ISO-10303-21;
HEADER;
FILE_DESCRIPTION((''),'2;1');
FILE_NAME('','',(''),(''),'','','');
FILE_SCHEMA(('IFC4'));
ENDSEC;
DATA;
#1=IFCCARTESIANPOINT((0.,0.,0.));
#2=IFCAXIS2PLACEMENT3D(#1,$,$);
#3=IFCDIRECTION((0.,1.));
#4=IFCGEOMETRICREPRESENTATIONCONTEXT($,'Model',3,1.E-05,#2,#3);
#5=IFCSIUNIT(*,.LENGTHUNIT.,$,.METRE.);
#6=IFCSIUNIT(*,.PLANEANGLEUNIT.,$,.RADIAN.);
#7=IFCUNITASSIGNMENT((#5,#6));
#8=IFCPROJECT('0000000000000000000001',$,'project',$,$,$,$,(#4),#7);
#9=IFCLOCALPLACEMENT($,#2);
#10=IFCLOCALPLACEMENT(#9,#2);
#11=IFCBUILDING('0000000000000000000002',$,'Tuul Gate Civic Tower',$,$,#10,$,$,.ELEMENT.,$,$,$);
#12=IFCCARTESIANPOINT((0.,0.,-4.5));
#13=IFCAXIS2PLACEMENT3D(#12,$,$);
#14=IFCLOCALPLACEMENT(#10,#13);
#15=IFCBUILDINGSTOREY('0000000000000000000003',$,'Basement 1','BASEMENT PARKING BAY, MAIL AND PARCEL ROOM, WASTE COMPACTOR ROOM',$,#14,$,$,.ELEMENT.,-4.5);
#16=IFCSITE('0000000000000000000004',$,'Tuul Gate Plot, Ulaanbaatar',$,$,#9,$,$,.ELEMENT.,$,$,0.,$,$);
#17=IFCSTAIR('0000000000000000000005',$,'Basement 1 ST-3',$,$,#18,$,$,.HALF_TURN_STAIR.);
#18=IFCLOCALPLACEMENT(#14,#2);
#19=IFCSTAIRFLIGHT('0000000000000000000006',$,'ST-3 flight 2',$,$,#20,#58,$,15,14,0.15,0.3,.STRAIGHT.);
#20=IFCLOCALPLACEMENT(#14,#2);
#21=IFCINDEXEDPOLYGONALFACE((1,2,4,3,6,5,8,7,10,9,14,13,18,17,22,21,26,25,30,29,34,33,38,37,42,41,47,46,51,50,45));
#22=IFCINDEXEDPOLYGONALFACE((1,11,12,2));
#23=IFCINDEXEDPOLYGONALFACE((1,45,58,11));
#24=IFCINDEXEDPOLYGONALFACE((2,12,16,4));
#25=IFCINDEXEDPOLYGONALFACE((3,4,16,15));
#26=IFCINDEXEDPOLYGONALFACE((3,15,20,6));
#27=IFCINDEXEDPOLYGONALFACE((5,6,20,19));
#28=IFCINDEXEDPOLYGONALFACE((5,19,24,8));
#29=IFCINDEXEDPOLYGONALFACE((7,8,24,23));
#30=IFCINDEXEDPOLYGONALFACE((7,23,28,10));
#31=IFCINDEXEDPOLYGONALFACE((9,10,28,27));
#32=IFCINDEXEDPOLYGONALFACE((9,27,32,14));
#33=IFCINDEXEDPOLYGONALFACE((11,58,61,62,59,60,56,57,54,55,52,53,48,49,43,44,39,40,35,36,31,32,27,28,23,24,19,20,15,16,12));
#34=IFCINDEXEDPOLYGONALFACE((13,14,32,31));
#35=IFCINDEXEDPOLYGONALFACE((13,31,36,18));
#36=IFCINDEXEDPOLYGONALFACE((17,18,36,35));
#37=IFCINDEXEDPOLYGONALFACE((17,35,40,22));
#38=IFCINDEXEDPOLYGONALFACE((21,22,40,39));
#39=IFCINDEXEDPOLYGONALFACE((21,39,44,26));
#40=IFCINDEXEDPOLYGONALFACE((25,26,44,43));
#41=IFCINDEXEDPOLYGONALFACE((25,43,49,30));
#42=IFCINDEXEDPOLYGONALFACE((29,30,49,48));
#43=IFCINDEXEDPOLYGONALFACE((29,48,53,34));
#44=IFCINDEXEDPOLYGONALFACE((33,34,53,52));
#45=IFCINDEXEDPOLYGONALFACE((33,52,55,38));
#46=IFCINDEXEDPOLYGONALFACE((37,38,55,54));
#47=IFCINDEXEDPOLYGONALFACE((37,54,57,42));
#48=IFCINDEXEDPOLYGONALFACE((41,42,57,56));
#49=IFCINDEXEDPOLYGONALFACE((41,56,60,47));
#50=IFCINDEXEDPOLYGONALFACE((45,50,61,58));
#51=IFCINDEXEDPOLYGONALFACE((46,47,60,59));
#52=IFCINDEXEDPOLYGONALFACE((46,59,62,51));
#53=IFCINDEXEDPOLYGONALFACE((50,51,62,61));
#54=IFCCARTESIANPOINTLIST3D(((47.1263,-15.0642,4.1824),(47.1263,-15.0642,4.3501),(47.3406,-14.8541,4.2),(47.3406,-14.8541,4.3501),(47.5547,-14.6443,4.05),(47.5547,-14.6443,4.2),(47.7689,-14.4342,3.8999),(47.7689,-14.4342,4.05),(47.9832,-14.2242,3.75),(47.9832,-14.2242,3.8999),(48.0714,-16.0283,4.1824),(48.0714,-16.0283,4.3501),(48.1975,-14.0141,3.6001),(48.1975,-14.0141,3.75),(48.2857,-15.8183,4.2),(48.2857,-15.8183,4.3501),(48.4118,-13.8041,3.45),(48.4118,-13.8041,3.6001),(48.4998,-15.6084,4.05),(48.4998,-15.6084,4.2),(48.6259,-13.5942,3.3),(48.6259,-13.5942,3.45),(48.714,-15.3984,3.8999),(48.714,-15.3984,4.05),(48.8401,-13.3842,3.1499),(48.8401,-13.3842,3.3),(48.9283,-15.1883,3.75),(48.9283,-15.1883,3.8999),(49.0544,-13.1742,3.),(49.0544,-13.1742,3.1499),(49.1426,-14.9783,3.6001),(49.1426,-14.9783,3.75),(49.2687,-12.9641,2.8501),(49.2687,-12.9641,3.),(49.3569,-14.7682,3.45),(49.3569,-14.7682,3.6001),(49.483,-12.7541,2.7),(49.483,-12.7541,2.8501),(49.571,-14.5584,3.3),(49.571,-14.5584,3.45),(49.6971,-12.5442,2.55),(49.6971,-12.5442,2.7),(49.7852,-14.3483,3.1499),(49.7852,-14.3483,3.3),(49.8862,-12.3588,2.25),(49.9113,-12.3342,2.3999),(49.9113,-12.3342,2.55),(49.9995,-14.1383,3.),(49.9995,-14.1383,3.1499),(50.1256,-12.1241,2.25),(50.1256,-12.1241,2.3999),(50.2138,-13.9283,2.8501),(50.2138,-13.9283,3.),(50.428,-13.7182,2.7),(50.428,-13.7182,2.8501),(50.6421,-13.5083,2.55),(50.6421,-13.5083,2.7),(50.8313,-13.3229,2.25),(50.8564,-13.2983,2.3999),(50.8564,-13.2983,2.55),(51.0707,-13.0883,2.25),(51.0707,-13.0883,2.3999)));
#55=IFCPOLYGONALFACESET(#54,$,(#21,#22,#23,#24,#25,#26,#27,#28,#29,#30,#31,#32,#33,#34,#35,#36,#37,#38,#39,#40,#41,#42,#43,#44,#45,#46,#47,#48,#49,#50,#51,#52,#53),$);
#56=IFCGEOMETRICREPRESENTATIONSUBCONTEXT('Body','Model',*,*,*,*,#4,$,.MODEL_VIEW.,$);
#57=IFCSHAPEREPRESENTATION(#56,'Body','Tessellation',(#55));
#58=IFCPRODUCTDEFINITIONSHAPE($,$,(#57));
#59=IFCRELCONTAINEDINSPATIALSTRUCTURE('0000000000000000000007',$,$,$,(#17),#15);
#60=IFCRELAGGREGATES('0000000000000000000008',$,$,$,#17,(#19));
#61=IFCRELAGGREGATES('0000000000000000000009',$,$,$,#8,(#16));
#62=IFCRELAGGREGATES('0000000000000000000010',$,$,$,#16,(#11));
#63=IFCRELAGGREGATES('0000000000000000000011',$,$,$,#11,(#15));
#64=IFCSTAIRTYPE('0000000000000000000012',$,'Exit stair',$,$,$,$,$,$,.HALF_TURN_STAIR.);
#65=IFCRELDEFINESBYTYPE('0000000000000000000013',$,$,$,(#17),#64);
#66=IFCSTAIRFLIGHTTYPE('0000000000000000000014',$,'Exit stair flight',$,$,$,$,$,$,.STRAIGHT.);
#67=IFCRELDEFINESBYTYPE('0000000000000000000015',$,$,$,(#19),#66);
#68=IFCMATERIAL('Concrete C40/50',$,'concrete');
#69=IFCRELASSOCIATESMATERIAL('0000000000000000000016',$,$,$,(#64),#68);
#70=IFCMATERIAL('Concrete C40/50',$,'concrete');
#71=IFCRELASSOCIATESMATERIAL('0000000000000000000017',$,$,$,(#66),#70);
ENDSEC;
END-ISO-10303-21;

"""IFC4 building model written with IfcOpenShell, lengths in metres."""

from ifc_helpers import new_model, si_unit, direction, frame, origin, place, context, subcontext, project, spatial, polyline, outline, extrude, material, type_object, element, aggregate, save


model = new_model("IFC4")

# Units and contexts
model_context = context("Model", 3, precision=1e-05, world=origin(), true_north=direction((0.0, 1.0)))
body_context = subcontext(model_context, "Body", "Model", "MODEL_VIEW")
ifc_project = project(units=[si_unit("LENGTHUNIT", "METRE"), si_unit("PLANEANGLEUNIT", "RADIAN")], contexts=[model_context])

# Site, building, storey
site_placement = place(None, origin())
site = spatial("IfcSite", under=ifc_project, at=site_placement, Name="Tuul Gate Plot, Ulaanbaatar", CompositionType="ELEMENT", RefElevation=0.0)
building_placement = place(site_placement, origin())
building = spatial("IfcBuilding", under=site, at=building_placement, Name="Tuul Gate Civic Tower", CompositionType="ELEMENT")
storey_placement = place(building_placement, frame((0.0, 0.0, -4.5)))
storey = spatial("IfcBuildingStorey", under=building, at=storey_placement, Name="Basement 1", Description="BASEMENT PARKING BAY, MAIL AND PARCEL ROOM, WASTE COMPACTOR ROOM", CompositionType="ELEMENT", Elevation=-4.5)

# Stair, stair flight
ifc_material_1 = material(Name="Concrete C40/50", Category="concrete")
stair_type = type_object("IfcStairType", Name="Exit stair", PredefinedType="HALF_TURN_STAIR", material=ifc_material_1)
stair_placement = place(storey_placement, origin())
stair = element("IfcStair", 1, at=stair_placement, inside=storey, type_object=stair_type, Name="Basement 1 ST-3", PredefinedType="HALF_TURN_STAIR")
ifc_material_2 = material(Name="Concrete C40/50", Category="concrete")
stair_flight_type = type_object("IfcStairFlightType", Name="Exit stair flight", PredefinedType="STRAIGHT", material=ifc_material_2)
stair_flight_1_placement = place(storey_placement, frame((50.5981, -12.6062, 2.25), z_axis=(0.0, 0.0, 1.0), x_axis=(-0.714127, -0.700016, 0.0)))
stair_flight_1 = element("IfcStairFlight", 2, at=stair_flight_1_placement, type_object=stair_flight_type, Name="ST-3 flight 2", NumberOfRisers=15, NumberOfTreads=14, PredefinedType="STRAIGHT", RiserHeight=0.15, TreadLength=0.3, context=body_context, shape_type="SweptSolid", body=[
    extrude(outline(polyline([(0.0, 0.0), (0.0, 0.1499), (0.3, 0.1499), (0.3, 0.3), (0.6001, 0.3), (0.6001, 0.45), (0.8999, 0.45), (0.8999, 0.6001), (1.2, 0.6001), (1.2, 0.75), (1.5, 0.75), (1.5, 0.8999), (1.8, 0.8999), (1.8, 1.05), (2.1001, 1.05), (2.1001, 1.2), (2.3999, 1.2), (2.3999, 1.3501), (2.7, 1.3501), (2.7, 1.5), (3.0, 1.5), (3.0, 1.6499), (3.3, 1.6499), (3.3, 1.8), (3.6001, 1.8), (3.6001, 1.95), (3.8999, 1.95), (3.8999, 2.1001), (4.2, 2.1001), (4.2, 2.25), (4.2, 1.9324), (0.3352, 0.0), (0.0, 0.0)])), frame((0.0, 0.675, 0.0), z_axis=(0.0, -1.0, 0.0), x_axis=(1.0, 0.0, 0.0)), (0.0, 0.0, 1.0), 1.3501),
])
aggregate(stair, [stair_flight_1])

save(model, "model.ifc")
